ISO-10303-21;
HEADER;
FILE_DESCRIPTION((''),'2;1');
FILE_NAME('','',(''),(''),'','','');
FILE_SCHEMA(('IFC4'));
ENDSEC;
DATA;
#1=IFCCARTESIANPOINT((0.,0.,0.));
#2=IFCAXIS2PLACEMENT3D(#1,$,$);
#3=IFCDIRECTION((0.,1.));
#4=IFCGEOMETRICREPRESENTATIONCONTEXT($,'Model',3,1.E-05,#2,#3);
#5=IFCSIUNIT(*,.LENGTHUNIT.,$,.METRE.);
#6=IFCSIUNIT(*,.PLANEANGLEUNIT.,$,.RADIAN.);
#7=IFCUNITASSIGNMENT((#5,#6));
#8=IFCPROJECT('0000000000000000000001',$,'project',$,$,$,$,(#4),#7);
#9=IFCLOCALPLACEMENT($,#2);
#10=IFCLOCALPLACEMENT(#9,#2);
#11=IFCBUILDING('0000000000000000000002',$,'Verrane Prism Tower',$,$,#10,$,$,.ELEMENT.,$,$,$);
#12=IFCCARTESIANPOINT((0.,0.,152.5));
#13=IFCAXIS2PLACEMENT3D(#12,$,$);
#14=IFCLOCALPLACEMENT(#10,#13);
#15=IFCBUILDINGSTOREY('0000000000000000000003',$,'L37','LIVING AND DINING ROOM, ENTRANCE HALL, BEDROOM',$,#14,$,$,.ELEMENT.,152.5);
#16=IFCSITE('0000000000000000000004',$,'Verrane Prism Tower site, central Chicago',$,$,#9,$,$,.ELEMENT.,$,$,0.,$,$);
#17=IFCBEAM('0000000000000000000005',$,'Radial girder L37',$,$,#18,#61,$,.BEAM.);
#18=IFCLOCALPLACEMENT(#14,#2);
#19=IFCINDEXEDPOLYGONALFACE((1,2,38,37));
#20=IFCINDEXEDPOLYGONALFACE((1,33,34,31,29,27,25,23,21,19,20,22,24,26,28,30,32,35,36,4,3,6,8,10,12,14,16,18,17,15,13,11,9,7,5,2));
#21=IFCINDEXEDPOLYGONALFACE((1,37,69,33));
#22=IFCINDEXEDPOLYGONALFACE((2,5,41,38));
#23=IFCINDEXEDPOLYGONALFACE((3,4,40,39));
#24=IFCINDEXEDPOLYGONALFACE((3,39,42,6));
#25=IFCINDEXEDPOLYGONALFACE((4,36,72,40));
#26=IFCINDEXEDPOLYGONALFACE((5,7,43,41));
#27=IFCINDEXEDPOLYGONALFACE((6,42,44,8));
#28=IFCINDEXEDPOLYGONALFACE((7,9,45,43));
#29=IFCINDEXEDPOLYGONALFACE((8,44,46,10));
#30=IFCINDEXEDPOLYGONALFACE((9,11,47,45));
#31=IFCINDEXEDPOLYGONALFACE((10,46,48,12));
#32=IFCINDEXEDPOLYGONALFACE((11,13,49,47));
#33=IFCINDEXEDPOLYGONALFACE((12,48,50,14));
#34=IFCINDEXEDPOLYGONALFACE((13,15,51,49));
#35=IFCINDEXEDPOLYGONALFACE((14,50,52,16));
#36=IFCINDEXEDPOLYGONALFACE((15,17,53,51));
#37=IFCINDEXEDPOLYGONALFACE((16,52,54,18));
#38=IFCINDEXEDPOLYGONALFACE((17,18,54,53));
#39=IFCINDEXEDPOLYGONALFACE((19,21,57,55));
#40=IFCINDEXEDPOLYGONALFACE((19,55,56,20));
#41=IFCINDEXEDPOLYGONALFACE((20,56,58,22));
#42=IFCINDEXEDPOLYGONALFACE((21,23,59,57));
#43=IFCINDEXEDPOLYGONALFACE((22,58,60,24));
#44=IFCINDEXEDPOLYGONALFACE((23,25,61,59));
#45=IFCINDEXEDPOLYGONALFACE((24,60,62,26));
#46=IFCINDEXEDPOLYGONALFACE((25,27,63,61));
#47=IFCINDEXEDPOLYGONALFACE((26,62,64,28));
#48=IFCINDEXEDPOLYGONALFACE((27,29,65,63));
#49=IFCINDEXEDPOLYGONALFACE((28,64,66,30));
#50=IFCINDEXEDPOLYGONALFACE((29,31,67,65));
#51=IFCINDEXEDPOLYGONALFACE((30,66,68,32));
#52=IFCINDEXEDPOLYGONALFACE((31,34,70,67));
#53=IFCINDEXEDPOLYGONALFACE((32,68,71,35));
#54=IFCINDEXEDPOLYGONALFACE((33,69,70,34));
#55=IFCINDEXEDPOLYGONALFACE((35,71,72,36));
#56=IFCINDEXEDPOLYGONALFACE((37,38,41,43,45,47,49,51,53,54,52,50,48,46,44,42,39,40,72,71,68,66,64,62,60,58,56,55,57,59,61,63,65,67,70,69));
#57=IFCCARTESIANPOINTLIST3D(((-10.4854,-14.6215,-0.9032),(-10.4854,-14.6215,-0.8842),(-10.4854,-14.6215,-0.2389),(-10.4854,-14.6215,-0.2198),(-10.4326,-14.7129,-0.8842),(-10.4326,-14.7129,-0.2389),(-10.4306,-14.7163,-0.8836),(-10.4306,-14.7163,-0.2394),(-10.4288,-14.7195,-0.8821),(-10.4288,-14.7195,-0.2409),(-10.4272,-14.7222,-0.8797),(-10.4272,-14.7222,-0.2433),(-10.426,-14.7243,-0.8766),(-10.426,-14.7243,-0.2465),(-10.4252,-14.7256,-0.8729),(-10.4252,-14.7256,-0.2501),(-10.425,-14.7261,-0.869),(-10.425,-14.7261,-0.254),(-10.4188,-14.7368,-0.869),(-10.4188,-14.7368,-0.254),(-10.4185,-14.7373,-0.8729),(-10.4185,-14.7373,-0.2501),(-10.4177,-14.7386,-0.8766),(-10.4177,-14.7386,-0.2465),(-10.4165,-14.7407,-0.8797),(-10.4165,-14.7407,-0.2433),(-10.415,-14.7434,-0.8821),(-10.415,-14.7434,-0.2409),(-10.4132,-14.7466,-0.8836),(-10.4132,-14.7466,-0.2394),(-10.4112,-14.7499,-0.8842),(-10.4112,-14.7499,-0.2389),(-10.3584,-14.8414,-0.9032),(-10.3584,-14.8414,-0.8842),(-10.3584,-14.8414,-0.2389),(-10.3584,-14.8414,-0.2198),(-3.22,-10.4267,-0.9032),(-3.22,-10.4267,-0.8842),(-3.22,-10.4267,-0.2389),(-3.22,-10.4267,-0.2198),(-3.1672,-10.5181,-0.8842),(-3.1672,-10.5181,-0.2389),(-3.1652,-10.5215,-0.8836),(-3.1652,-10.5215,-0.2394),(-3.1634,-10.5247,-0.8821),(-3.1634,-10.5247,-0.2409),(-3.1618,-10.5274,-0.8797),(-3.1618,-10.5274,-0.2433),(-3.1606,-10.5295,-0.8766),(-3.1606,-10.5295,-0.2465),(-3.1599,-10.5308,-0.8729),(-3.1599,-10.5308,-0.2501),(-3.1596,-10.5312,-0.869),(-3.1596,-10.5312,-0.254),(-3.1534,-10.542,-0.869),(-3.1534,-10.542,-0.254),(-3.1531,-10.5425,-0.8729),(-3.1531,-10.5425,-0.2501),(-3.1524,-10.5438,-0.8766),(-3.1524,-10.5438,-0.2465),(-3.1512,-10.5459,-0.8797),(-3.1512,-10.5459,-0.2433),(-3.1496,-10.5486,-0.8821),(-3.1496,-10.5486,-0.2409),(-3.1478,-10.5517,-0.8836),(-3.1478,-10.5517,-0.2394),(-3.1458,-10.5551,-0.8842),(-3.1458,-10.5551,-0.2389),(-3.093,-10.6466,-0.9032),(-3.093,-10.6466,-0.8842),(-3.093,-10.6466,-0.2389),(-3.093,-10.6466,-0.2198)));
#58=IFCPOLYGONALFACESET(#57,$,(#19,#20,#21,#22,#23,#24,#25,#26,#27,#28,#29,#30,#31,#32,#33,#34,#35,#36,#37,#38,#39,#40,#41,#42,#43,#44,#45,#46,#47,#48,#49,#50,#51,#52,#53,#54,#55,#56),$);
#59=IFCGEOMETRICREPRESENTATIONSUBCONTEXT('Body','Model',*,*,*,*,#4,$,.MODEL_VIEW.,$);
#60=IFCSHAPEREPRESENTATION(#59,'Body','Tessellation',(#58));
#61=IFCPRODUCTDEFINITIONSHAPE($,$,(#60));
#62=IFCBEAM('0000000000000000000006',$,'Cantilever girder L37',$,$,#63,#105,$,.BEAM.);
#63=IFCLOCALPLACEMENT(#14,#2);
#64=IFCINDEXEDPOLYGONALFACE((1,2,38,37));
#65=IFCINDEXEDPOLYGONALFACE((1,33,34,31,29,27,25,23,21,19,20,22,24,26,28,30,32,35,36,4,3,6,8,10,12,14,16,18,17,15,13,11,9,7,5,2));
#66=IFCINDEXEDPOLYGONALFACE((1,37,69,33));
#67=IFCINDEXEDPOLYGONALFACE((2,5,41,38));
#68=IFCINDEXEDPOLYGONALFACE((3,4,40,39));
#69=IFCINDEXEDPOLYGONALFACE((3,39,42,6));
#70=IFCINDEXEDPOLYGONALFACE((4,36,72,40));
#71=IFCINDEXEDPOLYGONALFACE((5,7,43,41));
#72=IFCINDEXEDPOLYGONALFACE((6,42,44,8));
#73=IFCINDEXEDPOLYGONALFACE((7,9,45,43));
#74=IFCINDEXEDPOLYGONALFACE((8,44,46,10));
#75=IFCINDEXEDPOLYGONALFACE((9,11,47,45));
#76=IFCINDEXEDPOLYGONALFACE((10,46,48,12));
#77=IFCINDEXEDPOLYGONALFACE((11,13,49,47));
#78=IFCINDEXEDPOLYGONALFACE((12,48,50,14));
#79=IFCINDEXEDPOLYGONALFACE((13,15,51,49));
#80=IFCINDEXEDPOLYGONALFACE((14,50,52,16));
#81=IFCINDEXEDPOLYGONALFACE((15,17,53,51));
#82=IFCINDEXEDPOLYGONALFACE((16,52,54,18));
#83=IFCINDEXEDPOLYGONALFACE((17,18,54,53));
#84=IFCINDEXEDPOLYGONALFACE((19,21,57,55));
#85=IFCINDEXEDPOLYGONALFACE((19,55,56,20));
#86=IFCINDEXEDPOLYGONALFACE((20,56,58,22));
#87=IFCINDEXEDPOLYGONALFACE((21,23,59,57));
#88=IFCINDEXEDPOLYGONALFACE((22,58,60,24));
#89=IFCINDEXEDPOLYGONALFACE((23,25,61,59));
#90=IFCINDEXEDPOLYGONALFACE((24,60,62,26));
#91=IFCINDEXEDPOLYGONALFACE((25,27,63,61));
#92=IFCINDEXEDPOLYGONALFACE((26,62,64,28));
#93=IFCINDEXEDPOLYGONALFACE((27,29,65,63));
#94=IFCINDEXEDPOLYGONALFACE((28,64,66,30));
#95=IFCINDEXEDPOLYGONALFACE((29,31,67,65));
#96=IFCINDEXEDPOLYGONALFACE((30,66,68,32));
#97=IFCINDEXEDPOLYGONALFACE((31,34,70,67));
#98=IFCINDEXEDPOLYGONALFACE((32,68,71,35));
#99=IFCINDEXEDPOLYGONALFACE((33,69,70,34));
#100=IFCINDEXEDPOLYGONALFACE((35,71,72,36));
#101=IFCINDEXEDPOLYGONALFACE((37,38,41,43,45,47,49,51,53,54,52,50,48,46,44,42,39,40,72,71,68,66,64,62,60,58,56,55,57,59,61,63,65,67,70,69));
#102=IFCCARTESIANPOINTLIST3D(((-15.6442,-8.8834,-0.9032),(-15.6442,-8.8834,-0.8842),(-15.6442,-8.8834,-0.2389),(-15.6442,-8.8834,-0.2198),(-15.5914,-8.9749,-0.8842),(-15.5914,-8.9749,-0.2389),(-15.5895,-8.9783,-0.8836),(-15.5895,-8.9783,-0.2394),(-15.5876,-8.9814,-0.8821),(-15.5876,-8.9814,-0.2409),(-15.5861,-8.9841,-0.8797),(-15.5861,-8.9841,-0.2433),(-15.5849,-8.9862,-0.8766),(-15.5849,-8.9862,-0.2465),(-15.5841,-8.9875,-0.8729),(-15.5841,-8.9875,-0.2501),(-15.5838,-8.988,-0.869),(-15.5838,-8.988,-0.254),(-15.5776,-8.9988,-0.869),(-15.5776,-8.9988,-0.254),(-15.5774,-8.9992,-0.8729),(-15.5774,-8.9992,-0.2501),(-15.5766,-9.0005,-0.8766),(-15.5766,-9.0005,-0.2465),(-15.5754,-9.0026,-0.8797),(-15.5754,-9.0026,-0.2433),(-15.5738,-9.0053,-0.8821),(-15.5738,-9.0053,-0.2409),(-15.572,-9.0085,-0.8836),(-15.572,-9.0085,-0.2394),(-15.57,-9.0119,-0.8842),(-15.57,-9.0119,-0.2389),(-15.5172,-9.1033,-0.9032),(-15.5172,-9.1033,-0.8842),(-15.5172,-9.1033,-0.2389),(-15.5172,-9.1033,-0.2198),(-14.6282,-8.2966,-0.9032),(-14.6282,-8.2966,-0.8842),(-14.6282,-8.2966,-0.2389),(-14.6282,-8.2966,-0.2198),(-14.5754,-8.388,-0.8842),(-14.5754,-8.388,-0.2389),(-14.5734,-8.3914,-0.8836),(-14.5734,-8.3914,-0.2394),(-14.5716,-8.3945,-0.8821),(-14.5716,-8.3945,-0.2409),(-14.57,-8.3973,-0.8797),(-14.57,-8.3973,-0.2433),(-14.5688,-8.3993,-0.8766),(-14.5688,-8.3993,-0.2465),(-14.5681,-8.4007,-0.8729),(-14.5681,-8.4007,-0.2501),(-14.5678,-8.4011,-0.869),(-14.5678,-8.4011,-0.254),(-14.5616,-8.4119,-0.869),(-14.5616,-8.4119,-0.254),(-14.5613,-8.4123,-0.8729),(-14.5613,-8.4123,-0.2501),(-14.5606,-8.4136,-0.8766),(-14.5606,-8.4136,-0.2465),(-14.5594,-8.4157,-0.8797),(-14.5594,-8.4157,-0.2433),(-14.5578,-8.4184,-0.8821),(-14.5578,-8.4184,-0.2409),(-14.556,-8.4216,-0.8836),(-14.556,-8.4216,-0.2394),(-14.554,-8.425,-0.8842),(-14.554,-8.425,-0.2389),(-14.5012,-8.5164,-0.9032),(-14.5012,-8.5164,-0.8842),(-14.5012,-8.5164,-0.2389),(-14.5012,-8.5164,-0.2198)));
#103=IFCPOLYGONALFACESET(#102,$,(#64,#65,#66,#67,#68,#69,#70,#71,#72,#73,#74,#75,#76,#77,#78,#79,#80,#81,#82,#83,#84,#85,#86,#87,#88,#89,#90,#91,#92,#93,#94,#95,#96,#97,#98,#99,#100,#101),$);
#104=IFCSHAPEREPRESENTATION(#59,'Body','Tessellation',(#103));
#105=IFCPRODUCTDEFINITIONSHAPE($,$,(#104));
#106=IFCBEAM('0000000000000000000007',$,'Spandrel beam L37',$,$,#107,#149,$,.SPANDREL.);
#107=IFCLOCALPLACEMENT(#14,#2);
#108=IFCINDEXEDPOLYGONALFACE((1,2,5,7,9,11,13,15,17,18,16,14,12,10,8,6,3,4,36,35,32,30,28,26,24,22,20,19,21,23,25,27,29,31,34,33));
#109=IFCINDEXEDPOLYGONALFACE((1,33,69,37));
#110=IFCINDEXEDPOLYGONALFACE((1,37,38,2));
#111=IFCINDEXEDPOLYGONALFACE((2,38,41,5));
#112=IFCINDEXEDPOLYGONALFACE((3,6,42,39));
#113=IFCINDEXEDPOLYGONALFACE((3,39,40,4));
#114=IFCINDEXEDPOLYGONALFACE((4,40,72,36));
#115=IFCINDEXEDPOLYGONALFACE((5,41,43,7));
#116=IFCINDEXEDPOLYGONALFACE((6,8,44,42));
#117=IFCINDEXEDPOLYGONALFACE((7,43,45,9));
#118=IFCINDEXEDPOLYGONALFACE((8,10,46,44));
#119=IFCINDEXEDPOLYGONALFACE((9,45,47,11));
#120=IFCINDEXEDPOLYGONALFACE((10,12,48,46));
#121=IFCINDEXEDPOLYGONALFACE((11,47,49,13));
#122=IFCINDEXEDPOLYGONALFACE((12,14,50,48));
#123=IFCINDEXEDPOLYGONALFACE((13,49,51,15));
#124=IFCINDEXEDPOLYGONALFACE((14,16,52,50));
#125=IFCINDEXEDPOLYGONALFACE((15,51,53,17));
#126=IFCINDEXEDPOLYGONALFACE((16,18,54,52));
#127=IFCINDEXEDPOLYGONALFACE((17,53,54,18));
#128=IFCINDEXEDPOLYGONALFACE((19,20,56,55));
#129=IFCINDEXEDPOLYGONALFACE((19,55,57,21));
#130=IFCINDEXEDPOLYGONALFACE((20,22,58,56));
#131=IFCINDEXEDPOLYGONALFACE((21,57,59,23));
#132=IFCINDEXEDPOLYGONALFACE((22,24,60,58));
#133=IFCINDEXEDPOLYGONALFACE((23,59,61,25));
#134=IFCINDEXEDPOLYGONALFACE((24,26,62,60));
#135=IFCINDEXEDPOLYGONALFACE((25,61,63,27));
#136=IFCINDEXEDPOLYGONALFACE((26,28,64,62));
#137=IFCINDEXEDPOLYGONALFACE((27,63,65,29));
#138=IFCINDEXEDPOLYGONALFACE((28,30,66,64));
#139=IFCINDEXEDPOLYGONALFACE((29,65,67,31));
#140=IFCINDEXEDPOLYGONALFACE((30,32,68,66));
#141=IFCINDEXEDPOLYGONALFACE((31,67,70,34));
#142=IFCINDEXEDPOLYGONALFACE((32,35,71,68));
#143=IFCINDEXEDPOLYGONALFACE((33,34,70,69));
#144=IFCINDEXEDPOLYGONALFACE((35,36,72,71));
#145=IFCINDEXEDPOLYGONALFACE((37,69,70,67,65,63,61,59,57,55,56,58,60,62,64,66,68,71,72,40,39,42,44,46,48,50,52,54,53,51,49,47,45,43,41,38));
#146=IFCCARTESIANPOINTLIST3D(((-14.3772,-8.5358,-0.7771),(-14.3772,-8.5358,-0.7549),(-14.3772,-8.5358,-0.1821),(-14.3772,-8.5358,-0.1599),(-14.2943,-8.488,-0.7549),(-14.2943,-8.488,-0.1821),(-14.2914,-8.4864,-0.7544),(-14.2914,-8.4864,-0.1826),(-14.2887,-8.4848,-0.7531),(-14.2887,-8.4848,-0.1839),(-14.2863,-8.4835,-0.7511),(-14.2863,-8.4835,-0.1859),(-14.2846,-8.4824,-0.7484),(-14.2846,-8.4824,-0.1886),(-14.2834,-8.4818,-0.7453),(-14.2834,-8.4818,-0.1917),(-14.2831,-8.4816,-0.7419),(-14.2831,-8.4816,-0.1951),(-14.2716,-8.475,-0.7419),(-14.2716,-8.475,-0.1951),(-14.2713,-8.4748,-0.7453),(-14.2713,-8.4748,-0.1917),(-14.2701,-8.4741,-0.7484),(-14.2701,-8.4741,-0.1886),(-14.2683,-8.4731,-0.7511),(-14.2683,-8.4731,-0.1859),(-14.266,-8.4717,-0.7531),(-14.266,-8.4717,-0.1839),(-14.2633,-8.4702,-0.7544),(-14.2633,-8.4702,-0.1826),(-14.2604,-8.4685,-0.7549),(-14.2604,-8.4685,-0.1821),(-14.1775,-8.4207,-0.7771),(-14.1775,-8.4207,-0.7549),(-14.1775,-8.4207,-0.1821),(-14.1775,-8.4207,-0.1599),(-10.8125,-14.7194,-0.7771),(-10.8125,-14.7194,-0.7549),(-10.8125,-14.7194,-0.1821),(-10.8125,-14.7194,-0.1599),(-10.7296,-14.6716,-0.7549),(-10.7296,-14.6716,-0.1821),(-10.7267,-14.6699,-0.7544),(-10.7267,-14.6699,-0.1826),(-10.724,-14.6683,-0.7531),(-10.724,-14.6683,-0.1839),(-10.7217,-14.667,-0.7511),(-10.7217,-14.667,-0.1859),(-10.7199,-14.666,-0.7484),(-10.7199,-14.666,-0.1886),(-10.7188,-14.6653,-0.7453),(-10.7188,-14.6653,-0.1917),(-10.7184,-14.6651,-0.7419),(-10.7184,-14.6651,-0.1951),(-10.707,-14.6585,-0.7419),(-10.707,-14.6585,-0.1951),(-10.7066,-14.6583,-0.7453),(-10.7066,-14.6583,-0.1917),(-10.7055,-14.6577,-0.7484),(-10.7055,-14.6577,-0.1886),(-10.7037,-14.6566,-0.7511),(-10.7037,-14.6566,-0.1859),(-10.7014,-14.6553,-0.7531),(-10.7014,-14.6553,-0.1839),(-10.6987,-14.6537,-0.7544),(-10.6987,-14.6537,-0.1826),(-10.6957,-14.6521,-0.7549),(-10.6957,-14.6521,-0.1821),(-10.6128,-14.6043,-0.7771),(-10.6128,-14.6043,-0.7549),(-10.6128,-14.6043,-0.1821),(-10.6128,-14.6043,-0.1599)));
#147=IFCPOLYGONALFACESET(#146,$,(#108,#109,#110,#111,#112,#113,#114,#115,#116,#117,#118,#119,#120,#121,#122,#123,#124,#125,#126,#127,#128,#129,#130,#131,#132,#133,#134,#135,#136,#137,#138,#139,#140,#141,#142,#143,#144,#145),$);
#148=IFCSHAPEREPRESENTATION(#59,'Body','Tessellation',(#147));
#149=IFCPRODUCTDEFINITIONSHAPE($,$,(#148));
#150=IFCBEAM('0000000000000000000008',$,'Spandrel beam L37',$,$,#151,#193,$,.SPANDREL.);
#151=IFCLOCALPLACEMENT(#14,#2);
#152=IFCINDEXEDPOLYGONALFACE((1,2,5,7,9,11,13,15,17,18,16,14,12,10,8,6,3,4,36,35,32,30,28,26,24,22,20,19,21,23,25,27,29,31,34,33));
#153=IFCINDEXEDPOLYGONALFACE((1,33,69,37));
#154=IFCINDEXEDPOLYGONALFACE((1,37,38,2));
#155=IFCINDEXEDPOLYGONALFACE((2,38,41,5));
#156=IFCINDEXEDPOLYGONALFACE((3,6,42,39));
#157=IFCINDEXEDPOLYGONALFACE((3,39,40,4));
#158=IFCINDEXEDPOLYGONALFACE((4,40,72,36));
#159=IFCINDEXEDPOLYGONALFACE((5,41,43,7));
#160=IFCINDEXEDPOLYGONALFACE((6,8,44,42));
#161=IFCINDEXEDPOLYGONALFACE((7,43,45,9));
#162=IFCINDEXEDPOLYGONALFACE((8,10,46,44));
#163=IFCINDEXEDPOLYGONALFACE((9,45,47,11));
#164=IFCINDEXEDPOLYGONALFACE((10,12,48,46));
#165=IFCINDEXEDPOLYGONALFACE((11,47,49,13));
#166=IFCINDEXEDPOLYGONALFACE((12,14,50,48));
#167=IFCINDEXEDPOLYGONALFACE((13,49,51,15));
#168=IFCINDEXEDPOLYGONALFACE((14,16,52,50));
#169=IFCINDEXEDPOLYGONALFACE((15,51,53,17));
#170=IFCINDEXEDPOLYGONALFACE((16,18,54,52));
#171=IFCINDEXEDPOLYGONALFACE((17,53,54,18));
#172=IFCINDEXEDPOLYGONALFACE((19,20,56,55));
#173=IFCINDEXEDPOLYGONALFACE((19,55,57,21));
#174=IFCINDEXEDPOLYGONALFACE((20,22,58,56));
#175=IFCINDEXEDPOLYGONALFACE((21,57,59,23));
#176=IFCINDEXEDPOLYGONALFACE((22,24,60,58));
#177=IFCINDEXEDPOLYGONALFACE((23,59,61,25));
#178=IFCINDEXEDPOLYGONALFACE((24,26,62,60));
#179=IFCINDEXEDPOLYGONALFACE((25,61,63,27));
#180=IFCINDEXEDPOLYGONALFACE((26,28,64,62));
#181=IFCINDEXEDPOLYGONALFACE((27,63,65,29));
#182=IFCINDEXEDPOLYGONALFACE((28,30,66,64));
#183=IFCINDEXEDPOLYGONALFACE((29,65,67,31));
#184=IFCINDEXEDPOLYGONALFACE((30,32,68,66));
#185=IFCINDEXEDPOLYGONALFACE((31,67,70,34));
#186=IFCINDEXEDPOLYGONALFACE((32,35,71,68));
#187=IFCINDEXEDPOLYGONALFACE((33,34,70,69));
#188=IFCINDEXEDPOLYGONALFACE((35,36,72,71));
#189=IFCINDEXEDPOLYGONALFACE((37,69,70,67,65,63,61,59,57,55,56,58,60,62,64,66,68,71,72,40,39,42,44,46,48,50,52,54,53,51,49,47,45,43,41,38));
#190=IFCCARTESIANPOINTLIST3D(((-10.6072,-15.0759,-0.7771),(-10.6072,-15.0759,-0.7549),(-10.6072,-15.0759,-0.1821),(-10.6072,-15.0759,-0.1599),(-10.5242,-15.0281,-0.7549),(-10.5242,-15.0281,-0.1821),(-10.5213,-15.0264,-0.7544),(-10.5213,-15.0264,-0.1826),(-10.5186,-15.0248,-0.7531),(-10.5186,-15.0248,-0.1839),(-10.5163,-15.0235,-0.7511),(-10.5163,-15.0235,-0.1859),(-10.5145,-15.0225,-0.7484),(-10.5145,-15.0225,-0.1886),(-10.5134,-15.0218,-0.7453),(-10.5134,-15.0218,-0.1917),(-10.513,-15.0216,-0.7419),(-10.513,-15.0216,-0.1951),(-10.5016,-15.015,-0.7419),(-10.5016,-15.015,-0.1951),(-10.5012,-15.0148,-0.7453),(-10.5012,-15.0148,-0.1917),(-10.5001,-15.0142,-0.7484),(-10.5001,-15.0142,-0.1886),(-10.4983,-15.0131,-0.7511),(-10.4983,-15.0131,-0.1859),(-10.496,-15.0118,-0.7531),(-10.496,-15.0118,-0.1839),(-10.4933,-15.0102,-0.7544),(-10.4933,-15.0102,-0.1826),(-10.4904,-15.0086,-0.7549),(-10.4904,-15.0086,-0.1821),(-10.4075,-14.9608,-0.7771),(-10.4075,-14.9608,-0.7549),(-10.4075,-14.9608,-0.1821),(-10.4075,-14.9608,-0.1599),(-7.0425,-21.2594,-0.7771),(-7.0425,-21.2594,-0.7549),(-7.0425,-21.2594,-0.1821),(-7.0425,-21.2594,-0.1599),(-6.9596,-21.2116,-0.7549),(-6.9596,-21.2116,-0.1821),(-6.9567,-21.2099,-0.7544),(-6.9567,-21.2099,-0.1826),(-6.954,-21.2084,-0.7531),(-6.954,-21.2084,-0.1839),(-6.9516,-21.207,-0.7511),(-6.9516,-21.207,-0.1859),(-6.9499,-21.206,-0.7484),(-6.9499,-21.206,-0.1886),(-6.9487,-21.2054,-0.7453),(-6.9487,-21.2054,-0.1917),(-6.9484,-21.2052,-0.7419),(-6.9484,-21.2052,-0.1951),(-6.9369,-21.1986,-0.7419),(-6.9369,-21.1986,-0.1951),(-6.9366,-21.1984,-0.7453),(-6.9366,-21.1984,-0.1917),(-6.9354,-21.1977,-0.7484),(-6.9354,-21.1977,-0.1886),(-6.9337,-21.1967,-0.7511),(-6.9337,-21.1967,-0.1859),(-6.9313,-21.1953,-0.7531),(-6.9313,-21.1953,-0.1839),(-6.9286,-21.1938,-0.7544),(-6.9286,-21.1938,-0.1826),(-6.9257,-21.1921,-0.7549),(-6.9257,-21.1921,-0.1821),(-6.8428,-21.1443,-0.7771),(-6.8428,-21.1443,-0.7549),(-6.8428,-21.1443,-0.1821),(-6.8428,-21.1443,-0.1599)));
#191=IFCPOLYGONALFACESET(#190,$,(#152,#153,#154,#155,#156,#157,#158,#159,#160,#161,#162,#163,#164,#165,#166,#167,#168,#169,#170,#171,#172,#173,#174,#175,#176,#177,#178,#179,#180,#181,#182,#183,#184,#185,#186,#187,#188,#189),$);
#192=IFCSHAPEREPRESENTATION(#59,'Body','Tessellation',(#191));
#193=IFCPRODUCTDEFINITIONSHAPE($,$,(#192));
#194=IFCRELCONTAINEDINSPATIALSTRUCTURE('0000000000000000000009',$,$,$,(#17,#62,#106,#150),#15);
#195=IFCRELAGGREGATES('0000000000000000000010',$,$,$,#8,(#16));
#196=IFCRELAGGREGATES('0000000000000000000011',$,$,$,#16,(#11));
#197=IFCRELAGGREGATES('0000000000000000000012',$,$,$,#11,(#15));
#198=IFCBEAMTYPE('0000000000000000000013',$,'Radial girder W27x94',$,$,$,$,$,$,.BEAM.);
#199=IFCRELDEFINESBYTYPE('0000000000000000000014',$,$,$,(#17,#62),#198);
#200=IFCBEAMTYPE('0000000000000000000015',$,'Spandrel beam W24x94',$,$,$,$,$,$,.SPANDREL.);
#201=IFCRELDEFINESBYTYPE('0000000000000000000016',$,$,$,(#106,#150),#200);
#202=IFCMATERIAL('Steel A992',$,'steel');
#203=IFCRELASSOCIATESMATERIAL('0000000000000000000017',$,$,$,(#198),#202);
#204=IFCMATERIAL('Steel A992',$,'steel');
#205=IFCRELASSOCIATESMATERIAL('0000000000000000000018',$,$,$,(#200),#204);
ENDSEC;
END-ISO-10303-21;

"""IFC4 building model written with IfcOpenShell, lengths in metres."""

from ifc_helpers import new_model, si_unit, direction, frame, origin, origin_2d, place, context, subcontext, project, spatial, i_section, extrude, material, material_profile, profile_set, type_object, element, save


model = new_model("IFC4")

# Units and contexts
model_context = context("Model", 3, precision=1e-05, world=origin(), true_north=direction((0.0, 1.0)))
body_context = subcontext(model_context, "Body", "Model", "MODEL_VIEW")
ifc_project = project(units=[si_unit("LENGTHUNIT", "METRE"), si_unit("PLANEANGLEUNIT", "RADIAN")], contexts=[model_context])

# Site, building, storey
site_placement = place(None, origin())
site = spatial("IfcSite", under=ifc_project, at=site_placement, Name="Verrane Prism Tower site, central Chicago", CompositionType="ELEMENT", RefElevation=0.0)
building_placement = place(site_placement, origin())
building = spatial("IfcBuilding", under=site, at=building_placement, Name="Verrane Prism Tower", CompositionType="ELEMENT")
storey_placement = place(building_placement, frame((0.0, 0.0, 152.5)))
storey = spatial("IfcBuildingStorey", under=building, at=storey_placement, Name="L37", Description="LIVING AND DINING ROOM, ENTRANCE HALL, BEDROOM", CompositionType="ELEMENT", Elevation=152.5)

# Beams
ifc_material_1 = material(Name="Steel A992", Category="steel")
ifc_material_profile_1 = material_profile(ifc_material_1, i_section(OverallWidth=0.2539, OverallDepth=0.6833, WebThickness=0.0125, FlangeThickness=0.019, FilletRadius=0.0151, at=origin_2d()), Name="W27x94")
ifc_profile_set_1 = profile_set([ifc_material_profile_1], Name="Steel A992")
beam_type_1 = type_object("IfcBeamType", Name="Radial girder W27x94", PredefinedType="BEAM", material=ifc_profile_set_1)
beam_1_placement = place(storey_placement, frame((-10.4219, -14.7314, -0.5615), z_axis=(0.866017, 0.500014, 0.0), x_axis=(-0.500014, 0.866017, 0.0)))
element("IfcBeam", 1, at=beam_1_placement, inside=storey, type_object=beam_type_1, Name="Radial girder L37", PredefinedType="BEAM", context=body_context, shape_type="SweptSolid", body=[
    extrude(i_section(OverallWidth=0.2539, OverallDepth=0.6833, WebThickness=0.0125, FlangeThickness=0.019, FilletRadius=0.0151, at=origin_2d()), origin(), (0.0, 0.0, 1.0), 8.3894),
])
beam_2_placement = place(storey_placement, frame((-14.5647, -8.4065, -0.5615), z_axis=(-0.865929, -0.500167, 0.0), x_axis=(0.500167, -0.865929, 0.0)))
element("IfcBeam", 2, at=beam_2_placement, inside=storey, type_object=beam_type_1, Name="Cantilever girder L37", PredefinedType="BEAM", context=body_context, shape_type="SweptSolid", body=[
    extrude(i_section(OverallWidth=0.2539, OverallDepth=0.6833, WebThickness=0.0125, FlangeThickness=0.019, FilletRadius=0.0151, at=origin_2d()), origin(), (0.0, 0.0, 1.0), 1.1733),
])
ifc_material_2 = material(Name="Steel A992", Category="steel")
ifc_material_profile_2 = material_profile(ifc_material_2, i_section(OverallWidth=0.2305, OverallDepth=0.6172, WebThickness=0.0132, FlangeThickness=0.0222, FilletRadius=0.0129, at=origin_2d()), Name="W24x94")
ifc_profile_set_2 = profile_set([ifc_material_profile_2], Name="Steel A992")
beam_type_2 = type_object("IfcBeamType", Name="Spandrel beam W24x94", PredefinedType="SPANDREL", material=ifc_profile_set_2)
for number, where, z_axis, x_axis, name in (
    (3, (-14.2773, -8.4783, -0.4685), (0.499432, -0.866353, 0.0), (0.866353, 0.499432, 0.0), "Spandrel beam L37"),
    (4, (-10.5073, -15.0183, -0.4685), (0.499432, -0.866353, 0.0), (0.866353, 0.499432, 0.0), "Spandrel beam L37"),
):
    element("IfcBeam", number, at=place(storey_placement, frame(where, z_axis=z_axis, x_axis=x_axis)), inside=storey, type_object=beam_type_2, Name=name, PredefinedType="SPANDREL", context=body_context, shape_type="SweptSolid", body=[
        extrude(i_section(OverallWidth=0.2305, OverallDepth=0.6172, WebThickness=0.0132, FlangeThickness=0.0222, FilletRadius=0.0129, at=origin_2d()), origin(), (0.0, 0.0, 1.0), 7.1375),
    ])

save(model, "model.ifc")
